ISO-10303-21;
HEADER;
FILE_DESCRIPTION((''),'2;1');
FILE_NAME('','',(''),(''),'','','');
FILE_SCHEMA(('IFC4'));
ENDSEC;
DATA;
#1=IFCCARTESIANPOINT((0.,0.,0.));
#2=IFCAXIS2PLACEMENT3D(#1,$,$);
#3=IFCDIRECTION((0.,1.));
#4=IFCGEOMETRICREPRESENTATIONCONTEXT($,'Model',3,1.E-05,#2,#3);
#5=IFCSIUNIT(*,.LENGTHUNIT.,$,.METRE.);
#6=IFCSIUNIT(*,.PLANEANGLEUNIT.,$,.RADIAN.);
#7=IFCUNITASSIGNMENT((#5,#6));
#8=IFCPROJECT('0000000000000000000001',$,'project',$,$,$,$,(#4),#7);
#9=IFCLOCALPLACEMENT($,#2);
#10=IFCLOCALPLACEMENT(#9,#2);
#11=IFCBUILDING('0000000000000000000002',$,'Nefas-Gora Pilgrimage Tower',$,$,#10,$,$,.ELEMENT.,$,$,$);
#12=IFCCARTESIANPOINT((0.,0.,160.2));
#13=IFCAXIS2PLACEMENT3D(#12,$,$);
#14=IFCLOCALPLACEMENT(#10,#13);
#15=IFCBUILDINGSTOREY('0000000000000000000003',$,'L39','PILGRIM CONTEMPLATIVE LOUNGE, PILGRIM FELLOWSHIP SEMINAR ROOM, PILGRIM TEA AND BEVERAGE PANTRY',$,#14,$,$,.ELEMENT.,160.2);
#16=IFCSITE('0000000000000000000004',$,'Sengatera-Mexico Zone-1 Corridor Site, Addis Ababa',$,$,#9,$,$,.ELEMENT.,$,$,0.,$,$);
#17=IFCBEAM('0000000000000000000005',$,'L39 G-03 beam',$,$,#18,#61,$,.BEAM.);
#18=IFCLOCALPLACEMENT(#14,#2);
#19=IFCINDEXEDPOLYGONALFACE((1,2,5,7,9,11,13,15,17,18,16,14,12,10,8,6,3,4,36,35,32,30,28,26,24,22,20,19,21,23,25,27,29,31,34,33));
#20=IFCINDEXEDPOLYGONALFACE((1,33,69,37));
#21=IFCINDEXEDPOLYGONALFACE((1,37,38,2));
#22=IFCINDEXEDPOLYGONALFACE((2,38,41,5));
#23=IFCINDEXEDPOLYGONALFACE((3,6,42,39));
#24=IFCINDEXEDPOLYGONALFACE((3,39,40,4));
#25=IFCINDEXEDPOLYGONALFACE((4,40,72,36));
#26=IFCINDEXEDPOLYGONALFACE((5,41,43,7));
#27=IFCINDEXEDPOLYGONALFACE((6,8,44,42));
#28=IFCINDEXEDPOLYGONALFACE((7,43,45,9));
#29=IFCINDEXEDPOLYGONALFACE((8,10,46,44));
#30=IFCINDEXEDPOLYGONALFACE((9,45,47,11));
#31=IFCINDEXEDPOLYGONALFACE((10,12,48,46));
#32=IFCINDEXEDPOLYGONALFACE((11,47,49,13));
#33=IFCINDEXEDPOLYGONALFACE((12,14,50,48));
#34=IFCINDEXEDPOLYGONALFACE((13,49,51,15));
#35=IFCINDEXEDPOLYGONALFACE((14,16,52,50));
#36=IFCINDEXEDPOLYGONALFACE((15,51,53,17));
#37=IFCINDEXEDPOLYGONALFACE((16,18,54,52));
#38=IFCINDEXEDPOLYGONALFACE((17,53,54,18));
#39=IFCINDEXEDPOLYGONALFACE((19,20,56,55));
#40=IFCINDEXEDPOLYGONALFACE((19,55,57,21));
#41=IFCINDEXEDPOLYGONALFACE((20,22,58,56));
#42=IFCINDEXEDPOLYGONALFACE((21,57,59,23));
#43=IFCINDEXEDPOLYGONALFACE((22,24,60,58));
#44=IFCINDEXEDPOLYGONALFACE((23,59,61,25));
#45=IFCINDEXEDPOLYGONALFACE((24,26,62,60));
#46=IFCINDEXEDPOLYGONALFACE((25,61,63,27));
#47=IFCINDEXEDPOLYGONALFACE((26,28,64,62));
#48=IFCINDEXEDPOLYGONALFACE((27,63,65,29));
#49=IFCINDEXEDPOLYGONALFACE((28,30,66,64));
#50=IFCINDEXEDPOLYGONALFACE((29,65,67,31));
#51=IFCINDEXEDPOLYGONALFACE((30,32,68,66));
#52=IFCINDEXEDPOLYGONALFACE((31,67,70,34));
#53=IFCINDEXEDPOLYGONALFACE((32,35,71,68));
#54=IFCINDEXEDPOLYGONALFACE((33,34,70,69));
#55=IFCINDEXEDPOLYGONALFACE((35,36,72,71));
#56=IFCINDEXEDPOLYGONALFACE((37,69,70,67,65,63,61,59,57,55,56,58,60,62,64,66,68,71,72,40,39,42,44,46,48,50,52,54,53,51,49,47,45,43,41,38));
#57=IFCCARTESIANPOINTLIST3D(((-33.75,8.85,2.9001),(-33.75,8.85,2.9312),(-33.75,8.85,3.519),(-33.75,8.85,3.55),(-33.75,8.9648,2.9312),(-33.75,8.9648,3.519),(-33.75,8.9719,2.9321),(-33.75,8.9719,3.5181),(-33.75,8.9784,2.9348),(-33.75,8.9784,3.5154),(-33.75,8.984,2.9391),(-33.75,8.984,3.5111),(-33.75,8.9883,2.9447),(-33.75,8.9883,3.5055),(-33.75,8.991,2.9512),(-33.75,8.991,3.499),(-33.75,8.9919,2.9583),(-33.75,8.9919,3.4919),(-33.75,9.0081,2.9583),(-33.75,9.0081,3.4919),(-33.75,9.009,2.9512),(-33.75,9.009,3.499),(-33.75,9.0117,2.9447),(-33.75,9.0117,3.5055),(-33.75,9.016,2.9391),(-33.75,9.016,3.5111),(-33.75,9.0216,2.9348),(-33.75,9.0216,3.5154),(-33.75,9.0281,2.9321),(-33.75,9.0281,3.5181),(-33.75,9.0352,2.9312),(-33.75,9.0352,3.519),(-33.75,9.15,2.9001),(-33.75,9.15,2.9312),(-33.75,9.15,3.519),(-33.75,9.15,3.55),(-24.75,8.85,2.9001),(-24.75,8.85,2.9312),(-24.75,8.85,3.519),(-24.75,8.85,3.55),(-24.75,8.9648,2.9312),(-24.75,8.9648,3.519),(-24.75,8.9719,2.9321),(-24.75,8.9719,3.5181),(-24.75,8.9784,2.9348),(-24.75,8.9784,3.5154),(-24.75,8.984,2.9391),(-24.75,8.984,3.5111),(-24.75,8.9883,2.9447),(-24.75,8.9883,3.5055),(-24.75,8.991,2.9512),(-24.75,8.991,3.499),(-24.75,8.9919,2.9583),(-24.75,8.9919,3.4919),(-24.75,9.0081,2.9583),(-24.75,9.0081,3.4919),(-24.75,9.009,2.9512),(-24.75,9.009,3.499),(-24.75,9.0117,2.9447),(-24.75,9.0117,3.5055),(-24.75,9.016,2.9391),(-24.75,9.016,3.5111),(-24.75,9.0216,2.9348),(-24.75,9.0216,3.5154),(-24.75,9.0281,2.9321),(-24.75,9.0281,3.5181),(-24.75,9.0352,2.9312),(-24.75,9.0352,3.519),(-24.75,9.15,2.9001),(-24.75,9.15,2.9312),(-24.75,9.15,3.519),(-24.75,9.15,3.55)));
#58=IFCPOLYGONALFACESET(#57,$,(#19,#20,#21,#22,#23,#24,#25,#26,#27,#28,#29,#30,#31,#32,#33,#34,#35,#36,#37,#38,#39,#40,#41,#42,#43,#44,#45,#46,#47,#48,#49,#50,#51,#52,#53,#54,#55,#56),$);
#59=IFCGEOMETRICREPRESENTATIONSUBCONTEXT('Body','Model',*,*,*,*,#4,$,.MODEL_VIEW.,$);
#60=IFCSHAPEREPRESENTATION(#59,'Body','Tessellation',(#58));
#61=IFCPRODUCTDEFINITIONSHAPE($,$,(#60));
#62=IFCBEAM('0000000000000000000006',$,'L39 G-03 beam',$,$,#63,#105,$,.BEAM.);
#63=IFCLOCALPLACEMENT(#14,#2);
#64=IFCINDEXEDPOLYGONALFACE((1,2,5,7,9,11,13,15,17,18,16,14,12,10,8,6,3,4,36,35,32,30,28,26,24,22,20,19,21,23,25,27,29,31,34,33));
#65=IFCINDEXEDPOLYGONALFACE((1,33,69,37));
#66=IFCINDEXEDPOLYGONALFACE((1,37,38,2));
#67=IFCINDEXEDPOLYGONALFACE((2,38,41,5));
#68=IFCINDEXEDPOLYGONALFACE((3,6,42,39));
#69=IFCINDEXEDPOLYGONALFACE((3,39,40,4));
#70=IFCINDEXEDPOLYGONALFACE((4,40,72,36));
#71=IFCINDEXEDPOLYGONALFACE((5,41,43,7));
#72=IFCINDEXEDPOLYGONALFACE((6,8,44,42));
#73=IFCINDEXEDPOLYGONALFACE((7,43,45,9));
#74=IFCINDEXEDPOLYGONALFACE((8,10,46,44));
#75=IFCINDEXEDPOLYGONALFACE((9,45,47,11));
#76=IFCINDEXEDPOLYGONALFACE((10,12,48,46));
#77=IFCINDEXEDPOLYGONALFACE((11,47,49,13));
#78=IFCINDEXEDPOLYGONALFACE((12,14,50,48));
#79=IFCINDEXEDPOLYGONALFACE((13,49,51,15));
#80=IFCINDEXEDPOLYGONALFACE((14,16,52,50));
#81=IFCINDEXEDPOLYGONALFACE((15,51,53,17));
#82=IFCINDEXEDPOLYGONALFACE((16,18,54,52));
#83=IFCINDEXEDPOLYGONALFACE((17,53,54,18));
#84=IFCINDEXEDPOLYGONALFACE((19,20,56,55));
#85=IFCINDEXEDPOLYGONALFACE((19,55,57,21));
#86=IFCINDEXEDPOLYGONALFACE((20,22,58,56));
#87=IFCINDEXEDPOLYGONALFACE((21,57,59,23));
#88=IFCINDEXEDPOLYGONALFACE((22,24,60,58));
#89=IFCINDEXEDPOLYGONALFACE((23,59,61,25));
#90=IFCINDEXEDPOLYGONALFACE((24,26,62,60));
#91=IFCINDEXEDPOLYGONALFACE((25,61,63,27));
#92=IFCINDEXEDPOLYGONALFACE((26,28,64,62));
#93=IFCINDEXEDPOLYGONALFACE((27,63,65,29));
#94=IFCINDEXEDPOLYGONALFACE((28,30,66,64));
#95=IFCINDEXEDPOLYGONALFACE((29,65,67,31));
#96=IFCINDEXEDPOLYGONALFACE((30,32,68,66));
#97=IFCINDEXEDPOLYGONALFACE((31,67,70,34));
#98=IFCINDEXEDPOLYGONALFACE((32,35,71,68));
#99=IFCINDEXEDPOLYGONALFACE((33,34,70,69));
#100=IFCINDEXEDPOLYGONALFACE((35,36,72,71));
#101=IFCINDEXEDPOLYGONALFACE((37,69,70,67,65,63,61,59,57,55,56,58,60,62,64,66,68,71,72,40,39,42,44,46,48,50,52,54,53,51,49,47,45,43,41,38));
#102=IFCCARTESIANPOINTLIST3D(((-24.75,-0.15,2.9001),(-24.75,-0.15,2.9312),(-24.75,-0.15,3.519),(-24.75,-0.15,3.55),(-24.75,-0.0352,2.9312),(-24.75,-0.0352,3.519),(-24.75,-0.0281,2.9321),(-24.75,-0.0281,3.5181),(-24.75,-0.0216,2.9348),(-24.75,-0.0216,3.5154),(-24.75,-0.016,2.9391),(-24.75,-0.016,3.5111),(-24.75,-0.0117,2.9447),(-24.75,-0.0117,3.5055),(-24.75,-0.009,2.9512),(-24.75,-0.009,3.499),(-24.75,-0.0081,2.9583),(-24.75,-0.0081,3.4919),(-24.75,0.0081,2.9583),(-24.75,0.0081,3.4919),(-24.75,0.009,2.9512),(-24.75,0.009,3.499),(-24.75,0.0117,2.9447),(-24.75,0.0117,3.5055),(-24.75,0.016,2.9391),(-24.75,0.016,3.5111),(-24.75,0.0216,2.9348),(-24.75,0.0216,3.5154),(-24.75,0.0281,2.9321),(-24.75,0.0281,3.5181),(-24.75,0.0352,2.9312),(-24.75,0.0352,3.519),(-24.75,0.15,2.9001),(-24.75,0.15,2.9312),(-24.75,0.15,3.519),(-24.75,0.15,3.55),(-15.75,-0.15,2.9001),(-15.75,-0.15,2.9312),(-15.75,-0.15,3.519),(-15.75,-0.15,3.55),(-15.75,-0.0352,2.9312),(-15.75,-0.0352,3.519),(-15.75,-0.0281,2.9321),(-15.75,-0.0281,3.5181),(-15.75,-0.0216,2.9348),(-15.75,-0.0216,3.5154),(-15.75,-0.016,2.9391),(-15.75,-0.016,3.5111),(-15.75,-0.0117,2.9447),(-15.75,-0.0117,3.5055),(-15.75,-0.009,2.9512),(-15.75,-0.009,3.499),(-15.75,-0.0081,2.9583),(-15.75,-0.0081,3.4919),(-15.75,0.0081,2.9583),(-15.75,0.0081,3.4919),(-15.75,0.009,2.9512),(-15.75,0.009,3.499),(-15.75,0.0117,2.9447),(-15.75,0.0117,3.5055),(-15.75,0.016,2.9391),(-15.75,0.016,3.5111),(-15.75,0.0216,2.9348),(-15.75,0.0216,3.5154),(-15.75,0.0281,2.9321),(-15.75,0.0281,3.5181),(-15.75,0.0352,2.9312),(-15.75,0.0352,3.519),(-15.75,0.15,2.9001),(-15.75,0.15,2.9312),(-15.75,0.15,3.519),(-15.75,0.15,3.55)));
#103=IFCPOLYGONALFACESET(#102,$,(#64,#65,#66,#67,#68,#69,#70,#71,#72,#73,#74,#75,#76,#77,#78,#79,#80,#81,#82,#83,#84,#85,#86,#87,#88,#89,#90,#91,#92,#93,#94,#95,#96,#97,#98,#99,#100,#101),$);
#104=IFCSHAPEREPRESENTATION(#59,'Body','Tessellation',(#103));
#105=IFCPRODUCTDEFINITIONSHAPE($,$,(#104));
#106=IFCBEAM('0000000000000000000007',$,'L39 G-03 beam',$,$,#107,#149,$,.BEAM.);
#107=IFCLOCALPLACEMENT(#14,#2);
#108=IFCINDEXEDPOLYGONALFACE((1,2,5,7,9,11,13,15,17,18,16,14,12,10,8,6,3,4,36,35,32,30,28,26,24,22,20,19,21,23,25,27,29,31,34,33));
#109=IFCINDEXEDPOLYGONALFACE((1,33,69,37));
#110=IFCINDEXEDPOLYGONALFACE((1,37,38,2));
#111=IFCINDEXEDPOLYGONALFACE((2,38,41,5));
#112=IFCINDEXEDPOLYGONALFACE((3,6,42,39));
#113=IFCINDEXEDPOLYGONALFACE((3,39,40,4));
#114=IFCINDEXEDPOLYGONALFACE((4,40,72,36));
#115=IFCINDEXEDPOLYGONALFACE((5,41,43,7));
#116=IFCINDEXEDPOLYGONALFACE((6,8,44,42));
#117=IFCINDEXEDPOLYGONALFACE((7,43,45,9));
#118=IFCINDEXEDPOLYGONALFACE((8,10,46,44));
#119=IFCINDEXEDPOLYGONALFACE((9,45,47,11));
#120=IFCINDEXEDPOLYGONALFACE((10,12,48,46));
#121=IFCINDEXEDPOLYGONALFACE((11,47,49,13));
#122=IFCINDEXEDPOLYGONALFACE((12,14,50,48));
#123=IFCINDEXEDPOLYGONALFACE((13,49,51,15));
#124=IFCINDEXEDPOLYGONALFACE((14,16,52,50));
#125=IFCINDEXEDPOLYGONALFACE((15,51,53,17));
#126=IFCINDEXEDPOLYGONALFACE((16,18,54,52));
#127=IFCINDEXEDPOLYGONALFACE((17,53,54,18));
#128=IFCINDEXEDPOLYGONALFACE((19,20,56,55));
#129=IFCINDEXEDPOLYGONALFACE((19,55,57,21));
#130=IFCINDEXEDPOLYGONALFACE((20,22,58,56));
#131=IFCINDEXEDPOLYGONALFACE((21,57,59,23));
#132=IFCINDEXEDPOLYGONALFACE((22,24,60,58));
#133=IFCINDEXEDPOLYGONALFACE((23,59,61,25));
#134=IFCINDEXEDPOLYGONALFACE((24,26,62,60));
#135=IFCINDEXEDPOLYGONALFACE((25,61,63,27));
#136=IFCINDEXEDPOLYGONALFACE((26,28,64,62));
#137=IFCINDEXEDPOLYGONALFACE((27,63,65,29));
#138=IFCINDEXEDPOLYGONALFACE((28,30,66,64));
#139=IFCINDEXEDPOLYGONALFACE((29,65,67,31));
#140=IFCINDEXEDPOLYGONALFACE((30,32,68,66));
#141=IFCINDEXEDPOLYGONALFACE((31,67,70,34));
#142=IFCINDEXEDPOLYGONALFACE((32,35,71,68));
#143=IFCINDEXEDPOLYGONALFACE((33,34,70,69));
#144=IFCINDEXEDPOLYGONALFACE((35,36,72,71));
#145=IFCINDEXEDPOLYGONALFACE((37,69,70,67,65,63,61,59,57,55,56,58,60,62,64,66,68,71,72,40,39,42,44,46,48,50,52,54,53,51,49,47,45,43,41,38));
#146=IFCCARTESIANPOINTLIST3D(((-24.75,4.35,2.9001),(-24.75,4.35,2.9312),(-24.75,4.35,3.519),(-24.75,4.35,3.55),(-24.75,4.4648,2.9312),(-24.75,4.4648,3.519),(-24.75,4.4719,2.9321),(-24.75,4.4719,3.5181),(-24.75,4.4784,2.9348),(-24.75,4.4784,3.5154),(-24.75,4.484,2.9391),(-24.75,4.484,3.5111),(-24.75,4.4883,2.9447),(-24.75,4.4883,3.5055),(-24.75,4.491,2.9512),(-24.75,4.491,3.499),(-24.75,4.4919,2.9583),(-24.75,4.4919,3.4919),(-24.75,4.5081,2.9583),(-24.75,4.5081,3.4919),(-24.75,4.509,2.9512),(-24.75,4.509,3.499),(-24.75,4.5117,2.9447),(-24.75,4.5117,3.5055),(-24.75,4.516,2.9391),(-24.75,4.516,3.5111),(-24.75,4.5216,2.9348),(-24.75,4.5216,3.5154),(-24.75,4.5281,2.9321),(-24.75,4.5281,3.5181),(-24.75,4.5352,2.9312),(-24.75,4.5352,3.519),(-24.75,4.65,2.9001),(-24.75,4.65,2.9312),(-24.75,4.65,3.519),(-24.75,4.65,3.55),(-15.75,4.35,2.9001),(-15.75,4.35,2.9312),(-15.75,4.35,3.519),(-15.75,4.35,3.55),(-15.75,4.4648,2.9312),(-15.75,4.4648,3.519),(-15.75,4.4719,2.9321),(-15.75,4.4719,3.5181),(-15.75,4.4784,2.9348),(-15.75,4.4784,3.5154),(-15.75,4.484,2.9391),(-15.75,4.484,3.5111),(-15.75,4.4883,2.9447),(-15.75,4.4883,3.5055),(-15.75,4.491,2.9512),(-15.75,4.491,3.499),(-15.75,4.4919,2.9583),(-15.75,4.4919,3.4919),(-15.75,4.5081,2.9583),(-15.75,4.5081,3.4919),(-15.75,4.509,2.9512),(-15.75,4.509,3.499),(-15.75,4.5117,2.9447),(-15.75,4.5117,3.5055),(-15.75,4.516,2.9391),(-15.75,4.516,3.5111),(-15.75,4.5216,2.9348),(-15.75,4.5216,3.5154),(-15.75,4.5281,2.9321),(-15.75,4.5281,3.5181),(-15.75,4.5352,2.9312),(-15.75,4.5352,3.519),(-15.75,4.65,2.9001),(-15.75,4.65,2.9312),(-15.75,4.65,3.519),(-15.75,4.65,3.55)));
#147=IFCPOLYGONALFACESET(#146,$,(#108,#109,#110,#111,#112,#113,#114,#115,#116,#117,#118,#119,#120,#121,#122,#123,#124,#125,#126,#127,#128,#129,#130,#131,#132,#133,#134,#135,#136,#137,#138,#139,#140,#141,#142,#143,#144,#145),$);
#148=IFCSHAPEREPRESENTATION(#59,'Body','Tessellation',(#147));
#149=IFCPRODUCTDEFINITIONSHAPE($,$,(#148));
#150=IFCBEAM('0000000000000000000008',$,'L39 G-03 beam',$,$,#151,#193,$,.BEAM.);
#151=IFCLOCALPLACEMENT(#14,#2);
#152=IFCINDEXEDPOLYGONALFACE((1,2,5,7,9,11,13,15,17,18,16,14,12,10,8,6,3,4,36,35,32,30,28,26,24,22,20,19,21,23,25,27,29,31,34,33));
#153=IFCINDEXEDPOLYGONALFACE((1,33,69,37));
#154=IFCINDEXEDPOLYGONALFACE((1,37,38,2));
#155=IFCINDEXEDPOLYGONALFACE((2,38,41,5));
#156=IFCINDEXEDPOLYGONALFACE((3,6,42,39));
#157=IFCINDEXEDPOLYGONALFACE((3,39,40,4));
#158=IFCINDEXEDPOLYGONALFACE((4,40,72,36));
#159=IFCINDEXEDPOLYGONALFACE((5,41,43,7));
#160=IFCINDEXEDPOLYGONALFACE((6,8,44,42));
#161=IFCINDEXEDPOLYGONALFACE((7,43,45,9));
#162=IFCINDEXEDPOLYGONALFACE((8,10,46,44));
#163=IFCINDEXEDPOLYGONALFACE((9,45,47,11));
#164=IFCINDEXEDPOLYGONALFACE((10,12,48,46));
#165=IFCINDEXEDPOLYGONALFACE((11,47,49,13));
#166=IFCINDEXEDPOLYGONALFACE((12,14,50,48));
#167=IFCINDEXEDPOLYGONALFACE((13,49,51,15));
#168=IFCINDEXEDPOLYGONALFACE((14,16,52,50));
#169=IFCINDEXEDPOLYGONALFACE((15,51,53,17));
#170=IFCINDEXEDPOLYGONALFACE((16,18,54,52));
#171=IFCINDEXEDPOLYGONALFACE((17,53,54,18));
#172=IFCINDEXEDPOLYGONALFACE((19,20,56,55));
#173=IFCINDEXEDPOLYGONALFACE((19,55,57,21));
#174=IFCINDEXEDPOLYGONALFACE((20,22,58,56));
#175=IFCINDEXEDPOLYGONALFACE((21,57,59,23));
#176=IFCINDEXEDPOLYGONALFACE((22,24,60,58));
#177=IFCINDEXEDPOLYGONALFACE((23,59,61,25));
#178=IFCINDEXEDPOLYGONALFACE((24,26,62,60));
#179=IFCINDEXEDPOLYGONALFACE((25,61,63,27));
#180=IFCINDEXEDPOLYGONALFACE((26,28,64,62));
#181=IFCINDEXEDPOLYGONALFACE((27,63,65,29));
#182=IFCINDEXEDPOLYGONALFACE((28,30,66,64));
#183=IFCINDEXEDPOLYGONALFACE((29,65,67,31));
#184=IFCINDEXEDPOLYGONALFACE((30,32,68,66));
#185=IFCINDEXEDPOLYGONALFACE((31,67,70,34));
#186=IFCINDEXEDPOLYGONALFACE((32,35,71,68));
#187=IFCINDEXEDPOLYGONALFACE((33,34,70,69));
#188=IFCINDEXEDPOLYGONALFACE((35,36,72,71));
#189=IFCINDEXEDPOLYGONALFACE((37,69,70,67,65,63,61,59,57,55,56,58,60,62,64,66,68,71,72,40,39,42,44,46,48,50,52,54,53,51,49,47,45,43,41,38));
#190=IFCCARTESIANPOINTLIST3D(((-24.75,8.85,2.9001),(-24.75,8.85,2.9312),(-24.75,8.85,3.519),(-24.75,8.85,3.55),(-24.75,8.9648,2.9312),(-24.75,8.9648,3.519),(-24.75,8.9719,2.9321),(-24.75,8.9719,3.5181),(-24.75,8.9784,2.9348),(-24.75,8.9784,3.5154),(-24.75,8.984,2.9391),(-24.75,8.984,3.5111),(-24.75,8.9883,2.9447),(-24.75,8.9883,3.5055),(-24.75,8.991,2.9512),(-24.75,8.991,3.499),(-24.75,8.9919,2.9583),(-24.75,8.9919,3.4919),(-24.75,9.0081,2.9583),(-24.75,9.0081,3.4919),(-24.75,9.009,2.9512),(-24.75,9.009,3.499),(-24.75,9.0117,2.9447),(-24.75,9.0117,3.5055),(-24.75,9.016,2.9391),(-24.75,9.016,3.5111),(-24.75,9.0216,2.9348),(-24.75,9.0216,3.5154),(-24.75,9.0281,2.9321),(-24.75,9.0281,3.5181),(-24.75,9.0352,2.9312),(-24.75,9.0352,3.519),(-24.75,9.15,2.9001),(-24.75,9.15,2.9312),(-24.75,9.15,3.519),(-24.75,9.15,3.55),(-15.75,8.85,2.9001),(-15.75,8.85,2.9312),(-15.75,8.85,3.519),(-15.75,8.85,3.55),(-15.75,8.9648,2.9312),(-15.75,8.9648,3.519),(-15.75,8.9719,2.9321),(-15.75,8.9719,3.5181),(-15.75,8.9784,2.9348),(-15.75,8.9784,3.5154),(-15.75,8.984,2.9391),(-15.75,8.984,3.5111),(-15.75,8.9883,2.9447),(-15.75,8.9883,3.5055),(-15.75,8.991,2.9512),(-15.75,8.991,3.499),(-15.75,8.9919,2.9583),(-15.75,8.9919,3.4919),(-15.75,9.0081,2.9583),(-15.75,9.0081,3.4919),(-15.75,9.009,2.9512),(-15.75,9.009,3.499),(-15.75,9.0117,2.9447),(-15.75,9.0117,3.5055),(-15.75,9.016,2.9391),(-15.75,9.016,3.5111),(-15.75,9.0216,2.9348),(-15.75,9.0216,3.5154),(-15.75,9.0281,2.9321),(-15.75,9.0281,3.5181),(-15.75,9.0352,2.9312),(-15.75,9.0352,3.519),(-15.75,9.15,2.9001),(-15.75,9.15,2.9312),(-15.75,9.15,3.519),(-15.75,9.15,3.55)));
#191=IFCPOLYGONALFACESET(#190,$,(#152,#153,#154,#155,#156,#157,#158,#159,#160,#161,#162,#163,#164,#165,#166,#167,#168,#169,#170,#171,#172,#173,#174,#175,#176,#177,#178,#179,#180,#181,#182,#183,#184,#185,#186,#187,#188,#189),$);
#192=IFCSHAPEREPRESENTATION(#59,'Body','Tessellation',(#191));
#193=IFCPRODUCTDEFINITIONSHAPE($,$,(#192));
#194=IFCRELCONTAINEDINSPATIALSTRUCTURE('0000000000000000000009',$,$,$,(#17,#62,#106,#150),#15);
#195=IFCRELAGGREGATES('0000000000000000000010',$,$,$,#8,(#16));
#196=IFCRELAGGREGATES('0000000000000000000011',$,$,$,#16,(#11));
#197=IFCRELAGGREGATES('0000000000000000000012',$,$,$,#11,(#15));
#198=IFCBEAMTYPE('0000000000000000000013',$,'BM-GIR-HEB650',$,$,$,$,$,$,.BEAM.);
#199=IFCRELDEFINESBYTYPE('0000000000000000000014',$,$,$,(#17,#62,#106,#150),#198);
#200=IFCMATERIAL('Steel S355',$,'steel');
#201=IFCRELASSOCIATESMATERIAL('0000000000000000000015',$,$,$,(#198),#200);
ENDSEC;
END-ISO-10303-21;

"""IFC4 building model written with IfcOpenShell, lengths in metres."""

from ifc_helpers import new_model, si_unit, direction, frame, origin, origin_2d, place, context, subcontext, project, spatial, i_section, extrude, source, transform, mapped, material, material_profile, profile_set, type_object, element, save


model = new_model("IFC4")

# Units and contexts
model_context = context("Model", 3, precision=1e-05, world=origin(), true_north=direction((0.0, 1.0)))
body_context = subcontext(model_context, "Body", "Model", "MODEL_VIEW")
ifc_project = project(units=[si_unit("LENGTHUNIT", "METRE"), si_unit("PLANEANGLEUNIT", "RADIAN")], contexts=[model_context])

# Site, building, storey
site_placement = place(None, origin())
site = spatial("IfcSite", under=ifc_project, at=site_placement, Name="Sengatera-Mexico Zone-1 Corridor Site, Addis Ababa", CompositionType="ELEMENT", RefElevation=0.0)
building_placement = place(site_placement, origin())
building = spatial("IfcBuilding", under=site, at=building_placement, Name="Nefas-Gora Pilgrimage Tower", CompositionType="ELEMENT")
storey_placement = place(building_placement, frame((0.0, 0.0, 160.2)))
storey = spatial("IfcBuildingStorey", under=building, at=storey_placement, Name="L39", Description="PILGRIM CONTEMPLATIVE LOUNGE, PILGRIM FELLOWSHIP SEMINAR ROOM, PILGRIM TEA AND BEVERAGE PANTRY", CompositionType="ELEMENT", Elevation=160.2)

# Beams
ifc_material_1 = material(Name="Steel S355", Category="steel")
ifc_material_profile_1 = material_profile(ifc_material_1, i_section(OverallWidth=0.3, OverallDepth=0.6499, WebThickness=0.0161, FlangeThickness=0.031, FilletRadius=0.0271, at=origin_2d()), Name="HEB 650")
ifc_profile_set_1 = profile_set([ifc_material_profile_1], Name="Steel S355")
beam_type_1 = type_object("IfcBeamType", Name="BM-GIR-HEB650", PredefinedType="BEAM", material=ifc_profile_set_1)
shared_shape_1 = source(origin(), body_context, "Body", "SweptSolid", [
    extrude(i_section(OverallWidth=0.3, OverallDepth=0.6499, WebThickness=0.0161, FlangeThickness=0.031, FilletRadius=0.0271, at=origin_2d()), origin(), (0.0, 0.0, 1.0), 9.0),
])
for number, where, z_axis, x_axis, name in (
    (1, (-33.75, 9.0, 3.2251), (1.0, 0.0, 0.0), (0.0, 1.0, 0.0), "L39 G-03 beam"),
    (2, (-24.75, 0.0, 3.2251), (1.0, 0.0, 0.0), (0.0, 1.0, 0.0), "L39 G-03 beam"),
    (3, (-24.75, 4.5, 3.2251), (1.0, 0.0, 0.0), (0.0, 1.0, 0.0), "L39 G-03 beam"),
    (4, (-24.75, 9.0, 3.2251), (1.0, 0.0, 0.0), (0.0, 1.0, 0.0), "L39 G-03 beam"),
):
    element("IfcBeam", number, at=place(storey_placement, frame(where, z_axis=z_axis, x_axis=x_axis)), inside=storey, type_object=beam_type_1, Name=name, PredefinedType="BEAM", context=body_context, shape_type="MappedRepresentation", body=[
        mapped(shared_shape_1, transform((0.0, 0.0, 0.0), x_axis=(1.0, 0.0, 0.0), y_axis=(0.0, 1.0, 0.0), z_axis=(0.0, 0.0, 1.0), scale=1.0)),
    ])

save(model, "model.ifc")
